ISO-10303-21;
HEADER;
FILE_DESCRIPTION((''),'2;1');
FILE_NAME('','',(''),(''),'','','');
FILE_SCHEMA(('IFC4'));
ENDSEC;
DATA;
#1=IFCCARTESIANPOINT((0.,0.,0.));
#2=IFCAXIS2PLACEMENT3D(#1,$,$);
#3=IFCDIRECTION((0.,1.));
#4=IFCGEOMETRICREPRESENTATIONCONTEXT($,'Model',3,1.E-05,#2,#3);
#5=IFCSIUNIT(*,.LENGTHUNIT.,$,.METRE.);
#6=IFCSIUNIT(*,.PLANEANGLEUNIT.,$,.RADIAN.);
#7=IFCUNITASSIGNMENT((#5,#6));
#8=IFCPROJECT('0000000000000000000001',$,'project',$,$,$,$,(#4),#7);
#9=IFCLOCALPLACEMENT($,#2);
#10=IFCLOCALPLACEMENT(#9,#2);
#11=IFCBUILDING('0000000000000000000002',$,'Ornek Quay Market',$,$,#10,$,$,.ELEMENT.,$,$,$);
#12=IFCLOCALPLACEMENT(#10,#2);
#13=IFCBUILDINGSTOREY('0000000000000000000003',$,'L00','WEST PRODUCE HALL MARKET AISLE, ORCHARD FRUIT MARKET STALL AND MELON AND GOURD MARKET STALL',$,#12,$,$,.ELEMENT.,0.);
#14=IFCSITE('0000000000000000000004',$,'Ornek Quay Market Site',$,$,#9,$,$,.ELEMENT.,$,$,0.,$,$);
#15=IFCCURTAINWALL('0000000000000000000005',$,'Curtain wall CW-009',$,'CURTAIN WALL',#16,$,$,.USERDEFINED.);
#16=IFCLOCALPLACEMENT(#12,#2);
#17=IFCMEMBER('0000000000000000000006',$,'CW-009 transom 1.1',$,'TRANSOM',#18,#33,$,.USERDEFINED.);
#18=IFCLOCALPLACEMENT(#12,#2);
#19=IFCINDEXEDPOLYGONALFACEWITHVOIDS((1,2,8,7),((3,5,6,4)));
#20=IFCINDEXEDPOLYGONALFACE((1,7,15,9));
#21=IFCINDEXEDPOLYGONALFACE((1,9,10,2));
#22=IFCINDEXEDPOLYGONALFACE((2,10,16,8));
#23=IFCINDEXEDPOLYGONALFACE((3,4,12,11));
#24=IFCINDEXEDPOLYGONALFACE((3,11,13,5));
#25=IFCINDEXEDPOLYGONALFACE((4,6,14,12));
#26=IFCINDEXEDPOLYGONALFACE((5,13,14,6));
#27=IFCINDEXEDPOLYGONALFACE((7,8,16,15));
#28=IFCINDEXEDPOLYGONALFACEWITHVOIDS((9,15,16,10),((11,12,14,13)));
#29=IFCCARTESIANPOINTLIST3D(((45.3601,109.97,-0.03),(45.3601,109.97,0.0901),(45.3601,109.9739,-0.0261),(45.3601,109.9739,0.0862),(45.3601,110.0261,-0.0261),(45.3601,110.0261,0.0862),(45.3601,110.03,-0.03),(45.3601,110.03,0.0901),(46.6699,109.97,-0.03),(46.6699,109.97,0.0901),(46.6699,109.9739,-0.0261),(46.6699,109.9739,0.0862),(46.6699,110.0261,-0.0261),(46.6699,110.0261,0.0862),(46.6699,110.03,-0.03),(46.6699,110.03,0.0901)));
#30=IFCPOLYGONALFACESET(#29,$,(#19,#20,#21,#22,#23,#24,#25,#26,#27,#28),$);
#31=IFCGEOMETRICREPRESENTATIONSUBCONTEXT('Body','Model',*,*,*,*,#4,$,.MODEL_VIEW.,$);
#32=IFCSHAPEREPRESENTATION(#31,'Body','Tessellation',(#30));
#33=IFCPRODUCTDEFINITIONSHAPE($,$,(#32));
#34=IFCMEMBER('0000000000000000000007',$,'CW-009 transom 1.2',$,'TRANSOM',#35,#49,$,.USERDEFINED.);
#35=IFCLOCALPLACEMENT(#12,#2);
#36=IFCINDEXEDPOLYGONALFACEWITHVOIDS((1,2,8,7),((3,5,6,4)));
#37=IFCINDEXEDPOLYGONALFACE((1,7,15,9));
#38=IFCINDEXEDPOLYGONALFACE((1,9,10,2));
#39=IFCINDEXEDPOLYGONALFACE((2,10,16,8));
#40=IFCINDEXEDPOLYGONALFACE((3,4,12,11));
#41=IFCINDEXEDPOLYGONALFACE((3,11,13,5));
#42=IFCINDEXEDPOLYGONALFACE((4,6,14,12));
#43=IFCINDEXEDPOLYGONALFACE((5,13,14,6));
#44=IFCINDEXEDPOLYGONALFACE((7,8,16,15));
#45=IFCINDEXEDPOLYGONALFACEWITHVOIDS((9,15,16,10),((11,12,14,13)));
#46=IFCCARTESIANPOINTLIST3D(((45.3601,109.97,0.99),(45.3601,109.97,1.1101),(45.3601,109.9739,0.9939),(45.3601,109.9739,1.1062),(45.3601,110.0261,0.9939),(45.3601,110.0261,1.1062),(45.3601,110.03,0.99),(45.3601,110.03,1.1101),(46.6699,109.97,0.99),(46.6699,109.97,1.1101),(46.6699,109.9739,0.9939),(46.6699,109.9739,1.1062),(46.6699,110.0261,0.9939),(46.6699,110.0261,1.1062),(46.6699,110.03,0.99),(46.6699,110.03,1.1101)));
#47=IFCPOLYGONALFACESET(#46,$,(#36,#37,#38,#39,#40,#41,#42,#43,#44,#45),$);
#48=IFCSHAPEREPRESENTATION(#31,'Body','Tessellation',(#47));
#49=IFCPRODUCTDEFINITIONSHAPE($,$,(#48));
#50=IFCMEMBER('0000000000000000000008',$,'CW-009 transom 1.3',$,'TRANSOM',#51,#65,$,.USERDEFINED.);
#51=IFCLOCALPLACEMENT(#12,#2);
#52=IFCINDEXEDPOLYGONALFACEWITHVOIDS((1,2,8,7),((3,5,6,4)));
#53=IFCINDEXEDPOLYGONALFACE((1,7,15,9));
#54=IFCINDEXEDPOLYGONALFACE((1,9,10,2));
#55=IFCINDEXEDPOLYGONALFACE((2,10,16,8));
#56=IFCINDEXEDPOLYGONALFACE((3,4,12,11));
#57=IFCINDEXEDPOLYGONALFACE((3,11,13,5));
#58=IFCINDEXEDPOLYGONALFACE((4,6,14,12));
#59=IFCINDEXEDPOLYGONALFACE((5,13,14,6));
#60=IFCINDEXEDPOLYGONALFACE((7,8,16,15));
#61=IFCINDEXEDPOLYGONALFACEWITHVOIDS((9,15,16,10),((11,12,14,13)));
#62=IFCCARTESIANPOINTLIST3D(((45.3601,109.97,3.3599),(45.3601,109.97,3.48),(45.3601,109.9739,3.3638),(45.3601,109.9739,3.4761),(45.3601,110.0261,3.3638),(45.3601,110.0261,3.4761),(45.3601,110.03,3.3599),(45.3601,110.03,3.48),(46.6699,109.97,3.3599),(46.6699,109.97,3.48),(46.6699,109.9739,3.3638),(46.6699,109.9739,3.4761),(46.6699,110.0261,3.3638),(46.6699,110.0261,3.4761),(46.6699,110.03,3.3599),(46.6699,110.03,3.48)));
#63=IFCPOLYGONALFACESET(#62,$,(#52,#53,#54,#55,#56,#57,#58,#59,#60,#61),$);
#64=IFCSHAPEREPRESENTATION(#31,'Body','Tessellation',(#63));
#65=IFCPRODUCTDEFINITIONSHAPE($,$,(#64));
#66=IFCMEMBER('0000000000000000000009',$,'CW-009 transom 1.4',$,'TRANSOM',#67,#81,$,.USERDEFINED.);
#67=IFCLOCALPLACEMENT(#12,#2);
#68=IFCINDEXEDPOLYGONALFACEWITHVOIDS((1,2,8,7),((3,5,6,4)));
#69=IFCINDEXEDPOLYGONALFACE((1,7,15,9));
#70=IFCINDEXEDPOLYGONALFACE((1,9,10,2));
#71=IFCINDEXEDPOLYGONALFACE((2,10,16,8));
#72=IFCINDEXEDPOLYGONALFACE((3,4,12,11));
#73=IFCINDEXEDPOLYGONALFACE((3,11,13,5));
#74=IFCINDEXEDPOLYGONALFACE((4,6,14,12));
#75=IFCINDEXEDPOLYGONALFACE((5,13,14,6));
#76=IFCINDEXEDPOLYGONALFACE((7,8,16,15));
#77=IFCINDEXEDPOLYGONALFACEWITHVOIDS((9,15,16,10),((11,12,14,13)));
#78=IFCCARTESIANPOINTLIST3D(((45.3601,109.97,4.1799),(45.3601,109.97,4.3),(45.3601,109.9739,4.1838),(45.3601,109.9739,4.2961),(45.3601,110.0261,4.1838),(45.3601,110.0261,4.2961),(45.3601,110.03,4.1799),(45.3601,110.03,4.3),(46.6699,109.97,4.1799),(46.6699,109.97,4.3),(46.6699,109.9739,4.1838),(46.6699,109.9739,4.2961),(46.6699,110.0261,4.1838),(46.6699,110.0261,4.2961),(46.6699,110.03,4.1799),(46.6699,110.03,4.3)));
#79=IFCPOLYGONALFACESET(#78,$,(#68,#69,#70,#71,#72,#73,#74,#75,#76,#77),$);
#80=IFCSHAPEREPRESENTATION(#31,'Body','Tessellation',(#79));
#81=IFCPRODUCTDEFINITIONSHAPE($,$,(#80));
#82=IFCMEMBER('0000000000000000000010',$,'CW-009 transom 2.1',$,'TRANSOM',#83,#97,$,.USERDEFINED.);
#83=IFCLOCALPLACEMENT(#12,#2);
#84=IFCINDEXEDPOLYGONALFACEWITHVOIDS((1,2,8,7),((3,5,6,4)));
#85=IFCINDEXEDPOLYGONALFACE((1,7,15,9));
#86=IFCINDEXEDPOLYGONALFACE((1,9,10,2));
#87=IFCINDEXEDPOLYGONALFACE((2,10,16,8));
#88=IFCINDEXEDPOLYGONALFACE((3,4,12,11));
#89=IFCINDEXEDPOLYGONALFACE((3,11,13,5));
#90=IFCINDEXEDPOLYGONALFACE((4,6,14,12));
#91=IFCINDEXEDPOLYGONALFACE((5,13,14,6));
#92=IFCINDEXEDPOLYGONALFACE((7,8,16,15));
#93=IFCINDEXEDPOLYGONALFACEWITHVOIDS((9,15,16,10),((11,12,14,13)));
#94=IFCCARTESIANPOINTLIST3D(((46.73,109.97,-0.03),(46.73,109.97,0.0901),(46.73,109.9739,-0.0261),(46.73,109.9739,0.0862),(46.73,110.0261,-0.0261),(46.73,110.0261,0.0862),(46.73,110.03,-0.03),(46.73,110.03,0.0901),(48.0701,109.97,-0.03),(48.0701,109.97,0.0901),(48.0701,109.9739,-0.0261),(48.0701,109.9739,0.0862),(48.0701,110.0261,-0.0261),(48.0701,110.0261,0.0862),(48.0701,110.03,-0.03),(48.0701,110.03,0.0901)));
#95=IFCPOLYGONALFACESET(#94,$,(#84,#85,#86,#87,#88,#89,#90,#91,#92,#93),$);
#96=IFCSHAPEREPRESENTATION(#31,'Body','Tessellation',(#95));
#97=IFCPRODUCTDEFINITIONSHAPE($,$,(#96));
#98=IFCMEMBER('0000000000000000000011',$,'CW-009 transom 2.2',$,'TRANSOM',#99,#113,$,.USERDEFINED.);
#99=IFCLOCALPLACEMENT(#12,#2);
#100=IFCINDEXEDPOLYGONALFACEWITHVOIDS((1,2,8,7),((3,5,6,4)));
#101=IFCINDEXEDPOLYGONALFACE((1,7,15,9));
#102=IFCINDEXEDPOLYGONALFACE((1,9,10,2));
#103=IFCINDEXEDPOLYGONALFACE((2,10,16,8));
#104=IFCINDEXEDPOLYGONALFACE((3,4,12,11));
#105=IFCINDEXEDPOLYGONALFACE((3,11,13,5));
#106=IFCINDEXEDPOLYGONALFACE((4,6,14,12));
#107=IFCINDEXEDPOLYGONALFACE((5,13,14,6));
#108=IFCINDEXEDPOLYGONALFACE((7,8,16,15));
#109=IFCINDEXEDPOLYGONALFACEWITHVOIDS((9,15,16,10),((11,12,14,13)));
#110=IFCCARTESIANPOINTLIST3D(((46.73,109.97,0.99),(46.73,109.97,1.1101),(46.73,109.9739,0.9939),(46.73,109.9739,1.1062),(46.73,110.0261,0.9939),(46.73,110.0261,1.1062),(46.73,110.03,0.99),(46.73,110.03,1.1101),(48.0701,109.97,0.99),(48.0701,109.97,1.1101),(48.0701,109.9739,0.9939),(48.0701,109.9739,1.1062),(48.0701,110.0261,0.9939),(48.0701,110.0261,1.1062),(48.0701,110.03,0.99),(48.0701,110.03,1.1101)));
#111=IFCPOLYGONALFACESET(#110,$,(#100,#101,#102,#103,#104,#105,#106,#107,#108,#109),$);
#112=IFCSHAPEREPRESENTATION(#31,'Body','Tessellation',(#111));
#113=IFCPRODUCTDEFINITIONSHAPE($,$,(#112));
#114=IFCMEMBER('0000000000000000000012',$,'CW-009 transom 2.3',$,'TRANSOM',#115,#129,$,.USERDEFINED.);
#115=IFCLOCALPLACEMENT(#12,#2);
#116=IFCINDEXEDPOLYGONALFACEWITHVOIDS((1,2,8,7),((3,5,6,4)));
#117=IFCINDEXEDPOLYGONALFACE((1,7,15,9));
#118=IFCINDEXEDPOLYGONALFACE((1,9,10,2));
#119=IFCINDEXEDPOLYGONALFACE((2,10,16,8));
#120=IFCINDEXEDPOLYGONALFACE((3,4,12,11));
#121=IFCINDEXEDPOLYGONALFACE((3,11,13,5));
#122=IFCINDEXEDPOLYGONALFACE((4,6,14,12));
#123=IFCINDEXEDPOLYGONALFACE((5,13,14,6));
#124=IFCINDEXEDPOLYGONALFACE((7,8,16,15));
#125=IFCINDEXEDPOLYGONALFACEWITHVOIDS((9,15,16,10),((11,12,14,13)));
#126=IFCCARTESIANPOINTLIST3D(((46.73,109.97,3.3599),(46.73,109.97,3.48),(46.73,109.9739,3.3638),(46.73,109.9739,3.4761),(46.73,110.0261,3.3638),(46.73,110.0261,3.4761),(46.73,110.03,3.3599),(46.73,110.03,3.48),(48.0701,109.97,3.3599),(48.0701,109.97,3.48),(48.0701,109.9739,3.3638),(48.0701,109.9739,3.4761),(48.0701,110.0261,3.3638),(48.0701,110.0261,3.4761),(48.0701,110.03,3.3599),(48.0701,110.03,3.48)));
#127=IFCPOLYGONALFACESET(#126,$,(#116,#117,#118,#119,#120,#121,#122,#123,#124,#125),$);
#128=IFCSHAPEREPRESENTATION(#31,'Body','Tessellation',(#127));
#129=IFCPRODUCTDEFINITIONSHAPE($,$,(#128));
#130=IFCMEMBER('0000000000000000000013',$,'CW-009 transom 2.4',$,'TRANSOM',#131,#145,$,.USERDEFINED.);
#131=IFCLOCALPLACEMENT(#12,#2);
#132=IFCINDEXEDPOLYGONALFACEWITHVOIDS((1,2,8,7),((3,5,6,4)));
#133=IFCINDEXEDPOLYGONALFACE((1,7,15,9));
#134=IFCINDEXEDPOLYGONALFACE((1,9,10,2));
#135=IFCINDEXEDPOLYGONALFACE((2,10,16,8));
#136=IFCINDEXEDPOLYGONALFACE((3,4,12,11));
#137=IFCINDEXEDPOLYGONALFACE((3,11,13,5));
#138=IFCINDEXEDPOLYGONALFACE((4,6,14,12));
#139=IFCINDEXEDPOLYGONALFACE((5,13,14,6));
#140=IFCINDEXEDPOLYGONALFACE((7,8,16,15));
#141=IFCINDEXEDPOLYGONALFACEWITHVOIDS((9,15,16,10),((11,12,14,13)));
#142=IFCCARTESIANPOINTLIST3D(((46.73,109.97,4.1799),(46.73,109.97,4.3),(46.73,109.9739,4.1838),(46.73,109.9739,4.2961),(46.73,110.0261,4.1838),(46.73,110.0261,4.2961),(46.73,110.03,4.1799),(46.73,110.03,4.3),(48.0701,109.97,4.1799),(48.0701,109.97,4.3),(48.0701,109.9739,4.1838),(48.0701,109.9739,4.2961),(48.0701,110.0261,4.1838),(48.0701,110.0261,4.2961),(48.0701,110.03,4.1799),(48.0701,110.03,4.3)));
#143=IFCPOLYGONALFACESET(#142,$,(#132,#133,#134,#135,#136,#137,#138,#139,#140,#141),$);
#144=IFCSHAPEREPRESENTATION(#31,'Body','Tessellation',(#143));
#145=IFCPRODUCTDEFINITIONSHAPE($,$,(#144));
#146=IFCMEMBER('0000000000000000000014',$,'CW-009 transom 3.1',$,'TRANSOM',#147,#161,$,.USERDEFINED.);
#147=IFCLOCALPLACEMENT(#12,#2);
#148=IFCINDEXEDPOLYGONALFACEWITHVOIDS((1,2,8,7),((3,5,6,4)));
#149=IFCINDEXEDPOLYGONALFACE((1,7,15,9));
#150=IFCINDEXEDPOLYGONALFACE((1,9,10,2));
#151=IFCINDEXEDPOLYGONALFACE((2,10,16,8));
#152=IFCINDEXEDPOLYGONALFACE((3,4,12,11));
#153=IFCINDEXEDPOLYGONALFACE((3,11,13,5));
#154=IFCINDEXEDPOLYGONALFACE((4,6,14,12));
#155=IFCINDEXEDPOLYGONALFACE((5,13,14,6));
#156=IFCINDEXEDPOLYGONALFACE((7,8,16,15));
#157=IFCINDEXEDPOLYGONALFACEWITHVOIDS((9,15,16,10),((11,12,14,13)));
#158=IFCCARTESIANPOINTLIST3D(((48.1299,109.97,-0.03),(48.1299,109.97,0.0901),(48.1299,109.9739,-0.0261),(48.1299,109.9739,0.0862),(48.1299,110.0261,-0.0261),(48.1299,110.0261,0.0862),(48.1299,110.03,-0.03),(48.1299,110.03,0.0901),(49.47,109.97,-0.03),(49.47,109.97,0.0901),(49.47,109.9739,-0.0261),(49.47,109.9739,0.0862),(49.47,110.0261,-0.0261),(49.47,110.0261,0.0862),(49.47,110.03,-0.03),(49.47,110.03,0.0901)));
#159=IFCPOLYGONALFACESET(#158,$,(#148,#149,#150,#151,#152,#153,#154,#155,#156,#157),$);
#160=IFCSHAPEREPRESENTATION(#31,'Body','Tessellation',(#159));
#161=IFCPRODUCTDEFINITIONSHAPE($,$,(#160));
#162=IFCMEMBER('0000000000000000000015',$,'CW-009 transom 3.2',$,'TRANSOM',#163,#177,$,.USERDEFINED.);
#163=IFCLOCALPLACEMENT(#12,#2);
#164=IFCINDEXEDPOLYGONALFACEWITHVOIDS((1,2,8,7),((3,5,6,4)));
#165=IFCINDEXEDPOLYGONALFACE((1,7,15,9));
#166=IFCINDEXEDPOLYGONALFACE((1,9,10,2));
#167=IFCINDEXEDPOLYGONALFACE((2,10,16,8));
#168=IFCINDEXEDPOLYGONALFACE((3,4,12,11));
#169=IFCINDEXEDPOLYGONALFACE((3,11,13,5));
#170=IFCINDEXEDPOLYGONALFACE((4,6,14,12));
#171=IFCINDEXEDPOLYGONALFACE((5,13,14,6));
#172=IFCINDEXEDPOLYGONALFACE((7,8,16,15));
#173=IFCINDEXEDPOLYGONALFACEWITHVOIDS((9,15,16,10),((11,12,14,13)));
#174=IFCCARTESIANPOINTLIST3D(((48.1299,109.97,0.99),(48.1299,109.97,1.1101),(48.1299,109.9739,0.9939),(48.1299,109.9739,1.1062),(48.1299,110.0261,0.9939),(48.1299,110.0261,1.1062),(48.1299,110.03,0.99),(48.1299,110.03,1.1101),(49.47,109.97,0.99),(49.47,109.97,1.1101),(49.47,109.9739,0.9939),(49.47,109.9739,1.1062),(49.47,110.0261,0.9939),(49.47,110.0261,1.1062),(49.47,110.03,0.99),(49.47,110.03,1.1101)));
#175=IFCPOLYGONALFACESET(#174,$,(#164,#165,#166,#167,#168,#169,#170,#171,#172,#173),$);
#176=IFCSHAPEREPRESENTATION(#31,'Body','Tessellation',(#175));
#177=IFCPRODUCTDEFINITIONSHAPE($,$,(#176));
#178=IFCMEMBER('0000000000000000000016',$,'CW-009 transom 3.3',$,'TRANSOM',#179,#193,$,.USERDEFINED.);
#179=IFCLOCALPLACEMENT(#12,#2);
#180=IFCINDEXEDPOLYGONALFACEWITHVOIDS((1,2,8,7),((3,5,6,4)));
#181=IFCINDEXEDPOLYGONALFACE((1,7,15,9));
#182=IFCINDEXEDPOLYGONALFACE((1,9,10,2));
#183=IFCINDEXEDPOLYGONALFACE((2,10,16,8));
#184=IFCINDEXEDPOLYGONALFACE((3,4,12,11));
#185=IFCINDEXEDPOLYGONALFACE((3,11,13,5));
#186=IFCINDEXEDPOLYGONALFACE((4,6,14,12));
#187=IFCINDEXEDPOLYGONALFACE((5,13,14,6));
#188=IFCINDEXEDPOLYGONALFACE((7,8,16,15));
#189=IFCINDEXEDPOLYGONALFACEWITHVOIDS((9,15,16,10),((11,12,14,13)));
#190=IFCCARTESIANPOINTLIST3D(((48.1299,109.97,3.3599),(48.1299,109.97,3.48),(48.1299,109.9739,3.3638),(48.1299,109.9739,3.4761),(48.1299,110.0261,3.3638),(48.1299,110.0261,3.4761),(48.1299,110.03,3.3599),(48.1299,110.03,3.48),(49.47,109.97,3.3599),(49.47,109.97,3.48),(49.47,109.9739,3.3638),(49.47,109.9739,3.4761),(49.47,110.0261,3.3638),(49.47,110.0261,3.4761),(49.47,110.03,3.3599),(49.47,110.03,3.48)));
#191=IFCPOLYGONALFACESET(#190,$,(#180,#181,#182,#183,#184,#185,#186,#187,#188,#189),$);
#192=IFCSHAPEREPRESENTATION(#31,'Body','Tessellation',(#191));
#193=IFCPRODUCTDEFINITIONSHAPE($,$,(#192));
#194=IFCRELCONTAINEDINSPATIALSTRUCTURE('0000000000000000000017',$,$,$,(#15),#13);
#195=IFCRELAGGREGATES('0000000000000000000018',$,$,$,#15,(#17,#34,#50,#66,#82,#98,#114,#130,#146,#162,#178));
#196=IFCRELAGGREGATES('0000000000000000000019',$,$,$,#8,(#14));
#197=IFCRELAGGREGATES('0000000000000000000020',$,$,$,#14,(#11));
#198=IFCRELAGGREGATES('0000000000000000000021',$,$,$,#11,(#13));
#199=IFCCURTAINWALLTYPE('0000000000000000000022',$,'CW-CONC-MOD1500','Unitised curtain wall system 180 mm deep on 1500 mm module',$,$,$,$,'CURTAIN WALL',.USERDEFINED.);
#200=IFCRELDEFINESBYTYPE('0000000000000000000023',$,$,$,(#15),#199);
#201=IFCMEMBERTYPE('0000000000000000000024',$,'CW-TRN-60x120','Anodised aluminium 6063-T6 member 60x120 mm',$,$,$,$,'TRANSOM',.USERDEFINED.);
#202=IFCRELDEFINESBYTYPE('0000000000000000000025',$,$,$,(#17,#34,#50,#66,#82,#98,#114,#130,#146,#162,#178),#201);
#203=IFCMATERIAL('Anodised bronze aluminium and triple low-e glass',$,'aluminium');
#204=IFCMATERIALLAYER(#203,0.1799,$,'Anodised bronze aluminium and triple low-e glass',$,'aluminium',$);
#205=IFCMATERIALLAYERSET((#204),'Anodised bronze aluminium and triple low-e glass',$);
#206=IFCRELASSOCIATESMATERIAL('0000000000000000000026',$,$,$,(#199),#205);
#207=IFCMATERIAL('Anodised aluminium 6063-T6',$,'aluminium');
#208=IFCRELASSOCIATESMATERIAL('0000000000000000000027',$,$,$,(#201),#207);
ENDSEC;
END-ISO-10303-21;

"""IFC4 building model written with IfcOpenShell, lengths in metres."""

from ifc_helpers import new_model, si_unit, direction, frame, origin, origin_2d, place, context, subcontext, project, spatial, hollow_rectangle, extrude, material, layer, layer_set, material_profile, profile_set, type_object, element, aggregate, save


model = new_model("IFC4")

# Units and contexts
model_context = context("Model", 3, precision=1e-05, world=origin(), true_north=direction((0.0, 1.0)))
body_context = subcontext(model_context, "Body", "Model", "MODEL_VIEW")
ifc_project = project(units=[si_unit("LENGTHUNIT", "METRE"), si_unit("PLANEANGLEUNIT", "RADIAN")], contexts=[model_context])

# Site, building, storey
site_placement = place(None, origin())
site = spatial("IfcSite", under=ifc_project, at=site_placement, Name="Ornek Quay Market Site", CompositionType="ELEMENT", RefElevation=0.0)
building_placement = place(site_placement, origin())
building = spatial("IfcBuilding", under=site, at=building_placement, Name="Ornek Quay Market", CompositionType="ELEMENT")
storey_placement = place(building_placement, origin())
storey = spatial("IfcBuildingStorey", under=building, at=storey_placement, Name="L00", Description="WEST PRODUCE HALL MARKET AISLE, ORCHARD FRUIT MARKET STALL AND MELON AND GOURD MARKET STALL", CompositionType="ELEMENT", Elevation=0.0)

# Curtain wall, members
ifc_material_1 = material(Name="Anodised bronze aluminium and triple low-e glass", Category="aluminium")
ifc_layer_1 = layer(ifc_material_1, 0.1799, Name="Anodised bronze aluminium and triple low-e glass", Category="aluminium")
ifc_layer_set_1 = layer_set([ifc_layer_1], Name="Anodised bronze aluminium and triple low-e glass")
curtain_wall_type = type_object("IfcCurtainWallType", Name="CW-CONC-MOD1500", Description="Unitised curtain wall system 180 mm deep on 1500 mm module", ElementType="CURTAIN WALL", PredefinedType="USERDEFINED", material=ifc_layer_set_1)
curtain_wall_placement = place(storey_placement, origin())
curtain_wall = element("IfcCurtainWall", 1, at=curtain_wall_placement, inside=storey, type_object=curtain_wall_type, Name="Curtain wall CW-009", ObjectType="CURTAIN WALL", PredefinedType="USERDEFINED")
ifc_material_2 = material(Name="Anodised aluminium 6063-T6", Category="aluminium")
ifc_material_profile_1 = material_profile(ifc_material_2, hollow_rectangle(XDim=0.0601, YDim=0.1201, WallThickness=0.0039, at=origin_2d()), Name="CW-TRN-60x120", Category="aluminium")
ifc_profile_set_1 = profile_set([ifc_material_profile_1], Name="Anodised aluminium 6063-T6")
member_type_1 = type_object("IfcMemberType", Name="CW-TRN-60x120", Description="Anodised aluminium 6063-T6 member 60x120 mm", ElementType="TRANSOM", PredefinedType="USERDEFINED", material=ifc_profile_set_1)
member_1_placement = place(storey_placement, frame((45.3601, 110.0, 0.03), z_axis=(1.0, 0.0, 0.0), x_axis=(0.0, 1.0, 0.0)))
member_1 = element("IfcMember", 2, at=member_1_placement, type_object=member_type_1, Name="CW-009 transom 1.1", ObjectType="TRANSOM", PredefinedType="USERDEFINED", context=body_context, shape_type="SweptSolid", body=[
    extrude(hollow_rectangle(XDim=0.0601, YDim=0.1201, WallThickness=0.0039, at=origin_2d()), origin(), (0.0, 0.0, 1.0), 1.3098),
])
member_2_placement = place(storey_placement, frame((45.3601, 110.0, 1.05), z_axis=(1.0, 0.0, 0.0), x_axis=(0.0, 1.0, 0.0)))
member_2 = element("IfcMember", 3, at=member_2_placement, type_object=member_type_1, Name="CW-009 transom 1.2", ObjectType="TRANSOM", PredefinedType="USERDEFINED", context=body_context, shape_type="SweptSolid", body=[
    extrude(hollow_rectangle(XDim=0.0601, YDim=0.1201, WallThickness=0.0039, at=origin_2d()), origin(), (0.0, 0.0, 1.0), 1.3098),
])
member_3_placement = place(storey_placement, frame((45.3601, 110.0, 3.4199), z_axis=(1.0, 0.0, 0.0), x_axis=(0.0, 1.0, 0.0)))
member_3 = element("IfcMember", 4, at=member_3_placement, type_object=member_type_1, Name="CW-009 transom 1.3", ObjectType="TRANSOM", PredefinedType="USERDEFINED", context=body_context, shape_type="SweptSolid", body=[
    extrude(hollow_rectangle(XDim=0.0601, YDim=0.1201, WallThickness=0.0039, at=origin_2d()), origin(), (0.0, 0.0, 1.0), 1.3098),
])
member_4_placement = place(storey_placement, frame((45.3601, 110.0, 4.24), z_axis=(1.0, 0.0, 0.0), x_axis=(0.0, 1.0, 0.0)))
member_4 = element("IfcMember", 5, at=member_4_placement, type_object=member_type_1, Name="CW-009 transom 1.4", ObjectType="TRANSOM", PredefinedType="USERDEFINED", context=body_context, shape_type="SweptSolid", body=[
    extrude(hollow_rectangle(XDim=0.0601, YDim=0.1201, WallThickness=0.0039, at=origin_2d()), origin(), (0.0, 0.0, 1.0), 1.3098),
])
member_5_placement = place(storey_placement, frame((46.73, 110.0, 0.03), z_axis=(1.0, 0.0, 0.0), x_axis=(0.0, 1.0, 0.0)))
member_5 = element("IfcMember", 6, at=member_5_placement, type_object=member_type_1, Name="CW-009 transom 2.1", ObjectType="TRANSOM", PredefinedType="USERDEFINED", context=body_context, shape_type="SweptSolid", body=[
    extrude(hollow_rectangle(XDim=0.0601, YDim=0.1201, WallThickness=0.0039, at=origin_2d()), origin(), (0.0, 0.0, 1.0), 1.3401),
])
member_6_placement = place(storey_placement, frame((46.73, 110.0, 1.05), z_axis=(1.0, 0.0, 0.0), x_axis=(0.0, 1.0, 0.0)))
member_6 = element("IfcMember", 7, at=member_6_placement, type_object=member_type_1, Name="CW-009 transom 2.2", ObjectType="TRANSOM", PredefinedType="USERDEFINED", context=body_context, shape_type="SweptSolid", body=[
    extrude(hollow_rectangle(XDim=0.0601, YDim=0.1201, WallThickness=0.0039, at=origin_2d()), origin(), (0.0, 0.0, 1.0), 1.3401),
])
member_7_placement = place(storey_placement, frame((46.73, 110.0, 3.4199), z_axis=(1.0, 0.0, 0.0), x_axis=(0.0, 1.0, 0.0)))
member_7 = element("IfcMember", 8, at=member_7_placement, type_object=member_type_1, Name="CW-009 transom 2.3", ObjectType="TRANSOM", PredefinedType="USERDEFINED", context=body_context, shape_type="SweptSolid", body=[
    extrude(hollow_rectangle(XDim=0.0601, YDim=0.1201, WallThickness=0.0039, at=origin_2d()), origin(), (0.0, 0.0, 1.0), 1.3401),
])
member_8_placement = place(storey_placement, frame((46.73, 110.0, 4.24), z_axis=(1.0, 0.0, 0.0), x_axis=(0.0, 1.0, 0.0)))
member_8 = element("IfcMember", 9, at=member_8_placement, type_object=member_type_1, Name="CW-009 transom 2.4", ObjectType="TRANSOM", PredefinedType="USERDEFINED", context=body_context, shape_type="SweptSolid", body=[
    extrude(hollow_rectangle(XDim=0.0601, YDim=0.1201, WallThickness=0.0039, at=origin_2d()), origin(), (0.0, 0.0, 1.0), 1.3401),
])
member_9_placement = place(storey_placement, frame((48.1299, 110.0, 0.03), z_axis=(1.0, 0.0, 0.0), x_axis=(0.0, 1.0, 0.0)))
member_9 = element("IfcMember", 10, at=member_9_placement, type_object=member_type_1, Name="CW-009 transom 3.1", ObjectType="TRANSOM", PredefinedType="USERDEFINED", context=body_context, shape_type="SweptSolid", body=[
    extrude(hollow_rectangle(XDim=0.0601, YDim=0.1201, WallThickness=0.0039, at=origin_2d()), origin(), (0.0, 0.0, 1.0), 1.3401),
])
member_10_placement = place(storey_placement, frame((48.1299, 110.0, 1.05), z_axis=(1.0, 0.0, 0.0), x_axis=(0.0, 1.0, 0.0)))
member_10 = element("IfcMember", 11, at=member_10_placement, type_object=member_type_1, Name="CW-009 transom 3.2", ObjectType="TRANSOM", PredefinedType="USERDEFINED", context=body_context, shape_type="SweptSolid", body=[
    extrude(hollow_rectangle(XDim=0.0601, YDim=0.1201, WallThickness=0.0039, at=origin_2d()), origin(), (0.0, 0.0, 1.0), 1.3401),
])
member_11_placement = place(storey_placement, frame((48.1299, 110.0, 3.4199), z_axis=(1.0, 0.0, 0.0), x_axis=(0.0, 1.0, 0.0)))
member_11 = element("IfcMember", 12, at=member_11_placement, type_object=member_type_1, Name="CW-009 transom 3.3", ObjectType="TRANSOM", PredefinedType="USERDEFINED", context=body_context, shape_type="SweptSolid", body=[
    extrude(hollow_rectangle(XDim=0.0601, YDim=0.1201, WallThickness=0.0039, at=origin_2d()), origin(), (0.0, 0.0, 1.0), 1.3401),
])
aggregate(curtain_wall, [member_1, member_2, member_3, member_4, member_5, member_6, member_7, member_8, member_9, member_10, member_11])

save(model, "model.ifc")
